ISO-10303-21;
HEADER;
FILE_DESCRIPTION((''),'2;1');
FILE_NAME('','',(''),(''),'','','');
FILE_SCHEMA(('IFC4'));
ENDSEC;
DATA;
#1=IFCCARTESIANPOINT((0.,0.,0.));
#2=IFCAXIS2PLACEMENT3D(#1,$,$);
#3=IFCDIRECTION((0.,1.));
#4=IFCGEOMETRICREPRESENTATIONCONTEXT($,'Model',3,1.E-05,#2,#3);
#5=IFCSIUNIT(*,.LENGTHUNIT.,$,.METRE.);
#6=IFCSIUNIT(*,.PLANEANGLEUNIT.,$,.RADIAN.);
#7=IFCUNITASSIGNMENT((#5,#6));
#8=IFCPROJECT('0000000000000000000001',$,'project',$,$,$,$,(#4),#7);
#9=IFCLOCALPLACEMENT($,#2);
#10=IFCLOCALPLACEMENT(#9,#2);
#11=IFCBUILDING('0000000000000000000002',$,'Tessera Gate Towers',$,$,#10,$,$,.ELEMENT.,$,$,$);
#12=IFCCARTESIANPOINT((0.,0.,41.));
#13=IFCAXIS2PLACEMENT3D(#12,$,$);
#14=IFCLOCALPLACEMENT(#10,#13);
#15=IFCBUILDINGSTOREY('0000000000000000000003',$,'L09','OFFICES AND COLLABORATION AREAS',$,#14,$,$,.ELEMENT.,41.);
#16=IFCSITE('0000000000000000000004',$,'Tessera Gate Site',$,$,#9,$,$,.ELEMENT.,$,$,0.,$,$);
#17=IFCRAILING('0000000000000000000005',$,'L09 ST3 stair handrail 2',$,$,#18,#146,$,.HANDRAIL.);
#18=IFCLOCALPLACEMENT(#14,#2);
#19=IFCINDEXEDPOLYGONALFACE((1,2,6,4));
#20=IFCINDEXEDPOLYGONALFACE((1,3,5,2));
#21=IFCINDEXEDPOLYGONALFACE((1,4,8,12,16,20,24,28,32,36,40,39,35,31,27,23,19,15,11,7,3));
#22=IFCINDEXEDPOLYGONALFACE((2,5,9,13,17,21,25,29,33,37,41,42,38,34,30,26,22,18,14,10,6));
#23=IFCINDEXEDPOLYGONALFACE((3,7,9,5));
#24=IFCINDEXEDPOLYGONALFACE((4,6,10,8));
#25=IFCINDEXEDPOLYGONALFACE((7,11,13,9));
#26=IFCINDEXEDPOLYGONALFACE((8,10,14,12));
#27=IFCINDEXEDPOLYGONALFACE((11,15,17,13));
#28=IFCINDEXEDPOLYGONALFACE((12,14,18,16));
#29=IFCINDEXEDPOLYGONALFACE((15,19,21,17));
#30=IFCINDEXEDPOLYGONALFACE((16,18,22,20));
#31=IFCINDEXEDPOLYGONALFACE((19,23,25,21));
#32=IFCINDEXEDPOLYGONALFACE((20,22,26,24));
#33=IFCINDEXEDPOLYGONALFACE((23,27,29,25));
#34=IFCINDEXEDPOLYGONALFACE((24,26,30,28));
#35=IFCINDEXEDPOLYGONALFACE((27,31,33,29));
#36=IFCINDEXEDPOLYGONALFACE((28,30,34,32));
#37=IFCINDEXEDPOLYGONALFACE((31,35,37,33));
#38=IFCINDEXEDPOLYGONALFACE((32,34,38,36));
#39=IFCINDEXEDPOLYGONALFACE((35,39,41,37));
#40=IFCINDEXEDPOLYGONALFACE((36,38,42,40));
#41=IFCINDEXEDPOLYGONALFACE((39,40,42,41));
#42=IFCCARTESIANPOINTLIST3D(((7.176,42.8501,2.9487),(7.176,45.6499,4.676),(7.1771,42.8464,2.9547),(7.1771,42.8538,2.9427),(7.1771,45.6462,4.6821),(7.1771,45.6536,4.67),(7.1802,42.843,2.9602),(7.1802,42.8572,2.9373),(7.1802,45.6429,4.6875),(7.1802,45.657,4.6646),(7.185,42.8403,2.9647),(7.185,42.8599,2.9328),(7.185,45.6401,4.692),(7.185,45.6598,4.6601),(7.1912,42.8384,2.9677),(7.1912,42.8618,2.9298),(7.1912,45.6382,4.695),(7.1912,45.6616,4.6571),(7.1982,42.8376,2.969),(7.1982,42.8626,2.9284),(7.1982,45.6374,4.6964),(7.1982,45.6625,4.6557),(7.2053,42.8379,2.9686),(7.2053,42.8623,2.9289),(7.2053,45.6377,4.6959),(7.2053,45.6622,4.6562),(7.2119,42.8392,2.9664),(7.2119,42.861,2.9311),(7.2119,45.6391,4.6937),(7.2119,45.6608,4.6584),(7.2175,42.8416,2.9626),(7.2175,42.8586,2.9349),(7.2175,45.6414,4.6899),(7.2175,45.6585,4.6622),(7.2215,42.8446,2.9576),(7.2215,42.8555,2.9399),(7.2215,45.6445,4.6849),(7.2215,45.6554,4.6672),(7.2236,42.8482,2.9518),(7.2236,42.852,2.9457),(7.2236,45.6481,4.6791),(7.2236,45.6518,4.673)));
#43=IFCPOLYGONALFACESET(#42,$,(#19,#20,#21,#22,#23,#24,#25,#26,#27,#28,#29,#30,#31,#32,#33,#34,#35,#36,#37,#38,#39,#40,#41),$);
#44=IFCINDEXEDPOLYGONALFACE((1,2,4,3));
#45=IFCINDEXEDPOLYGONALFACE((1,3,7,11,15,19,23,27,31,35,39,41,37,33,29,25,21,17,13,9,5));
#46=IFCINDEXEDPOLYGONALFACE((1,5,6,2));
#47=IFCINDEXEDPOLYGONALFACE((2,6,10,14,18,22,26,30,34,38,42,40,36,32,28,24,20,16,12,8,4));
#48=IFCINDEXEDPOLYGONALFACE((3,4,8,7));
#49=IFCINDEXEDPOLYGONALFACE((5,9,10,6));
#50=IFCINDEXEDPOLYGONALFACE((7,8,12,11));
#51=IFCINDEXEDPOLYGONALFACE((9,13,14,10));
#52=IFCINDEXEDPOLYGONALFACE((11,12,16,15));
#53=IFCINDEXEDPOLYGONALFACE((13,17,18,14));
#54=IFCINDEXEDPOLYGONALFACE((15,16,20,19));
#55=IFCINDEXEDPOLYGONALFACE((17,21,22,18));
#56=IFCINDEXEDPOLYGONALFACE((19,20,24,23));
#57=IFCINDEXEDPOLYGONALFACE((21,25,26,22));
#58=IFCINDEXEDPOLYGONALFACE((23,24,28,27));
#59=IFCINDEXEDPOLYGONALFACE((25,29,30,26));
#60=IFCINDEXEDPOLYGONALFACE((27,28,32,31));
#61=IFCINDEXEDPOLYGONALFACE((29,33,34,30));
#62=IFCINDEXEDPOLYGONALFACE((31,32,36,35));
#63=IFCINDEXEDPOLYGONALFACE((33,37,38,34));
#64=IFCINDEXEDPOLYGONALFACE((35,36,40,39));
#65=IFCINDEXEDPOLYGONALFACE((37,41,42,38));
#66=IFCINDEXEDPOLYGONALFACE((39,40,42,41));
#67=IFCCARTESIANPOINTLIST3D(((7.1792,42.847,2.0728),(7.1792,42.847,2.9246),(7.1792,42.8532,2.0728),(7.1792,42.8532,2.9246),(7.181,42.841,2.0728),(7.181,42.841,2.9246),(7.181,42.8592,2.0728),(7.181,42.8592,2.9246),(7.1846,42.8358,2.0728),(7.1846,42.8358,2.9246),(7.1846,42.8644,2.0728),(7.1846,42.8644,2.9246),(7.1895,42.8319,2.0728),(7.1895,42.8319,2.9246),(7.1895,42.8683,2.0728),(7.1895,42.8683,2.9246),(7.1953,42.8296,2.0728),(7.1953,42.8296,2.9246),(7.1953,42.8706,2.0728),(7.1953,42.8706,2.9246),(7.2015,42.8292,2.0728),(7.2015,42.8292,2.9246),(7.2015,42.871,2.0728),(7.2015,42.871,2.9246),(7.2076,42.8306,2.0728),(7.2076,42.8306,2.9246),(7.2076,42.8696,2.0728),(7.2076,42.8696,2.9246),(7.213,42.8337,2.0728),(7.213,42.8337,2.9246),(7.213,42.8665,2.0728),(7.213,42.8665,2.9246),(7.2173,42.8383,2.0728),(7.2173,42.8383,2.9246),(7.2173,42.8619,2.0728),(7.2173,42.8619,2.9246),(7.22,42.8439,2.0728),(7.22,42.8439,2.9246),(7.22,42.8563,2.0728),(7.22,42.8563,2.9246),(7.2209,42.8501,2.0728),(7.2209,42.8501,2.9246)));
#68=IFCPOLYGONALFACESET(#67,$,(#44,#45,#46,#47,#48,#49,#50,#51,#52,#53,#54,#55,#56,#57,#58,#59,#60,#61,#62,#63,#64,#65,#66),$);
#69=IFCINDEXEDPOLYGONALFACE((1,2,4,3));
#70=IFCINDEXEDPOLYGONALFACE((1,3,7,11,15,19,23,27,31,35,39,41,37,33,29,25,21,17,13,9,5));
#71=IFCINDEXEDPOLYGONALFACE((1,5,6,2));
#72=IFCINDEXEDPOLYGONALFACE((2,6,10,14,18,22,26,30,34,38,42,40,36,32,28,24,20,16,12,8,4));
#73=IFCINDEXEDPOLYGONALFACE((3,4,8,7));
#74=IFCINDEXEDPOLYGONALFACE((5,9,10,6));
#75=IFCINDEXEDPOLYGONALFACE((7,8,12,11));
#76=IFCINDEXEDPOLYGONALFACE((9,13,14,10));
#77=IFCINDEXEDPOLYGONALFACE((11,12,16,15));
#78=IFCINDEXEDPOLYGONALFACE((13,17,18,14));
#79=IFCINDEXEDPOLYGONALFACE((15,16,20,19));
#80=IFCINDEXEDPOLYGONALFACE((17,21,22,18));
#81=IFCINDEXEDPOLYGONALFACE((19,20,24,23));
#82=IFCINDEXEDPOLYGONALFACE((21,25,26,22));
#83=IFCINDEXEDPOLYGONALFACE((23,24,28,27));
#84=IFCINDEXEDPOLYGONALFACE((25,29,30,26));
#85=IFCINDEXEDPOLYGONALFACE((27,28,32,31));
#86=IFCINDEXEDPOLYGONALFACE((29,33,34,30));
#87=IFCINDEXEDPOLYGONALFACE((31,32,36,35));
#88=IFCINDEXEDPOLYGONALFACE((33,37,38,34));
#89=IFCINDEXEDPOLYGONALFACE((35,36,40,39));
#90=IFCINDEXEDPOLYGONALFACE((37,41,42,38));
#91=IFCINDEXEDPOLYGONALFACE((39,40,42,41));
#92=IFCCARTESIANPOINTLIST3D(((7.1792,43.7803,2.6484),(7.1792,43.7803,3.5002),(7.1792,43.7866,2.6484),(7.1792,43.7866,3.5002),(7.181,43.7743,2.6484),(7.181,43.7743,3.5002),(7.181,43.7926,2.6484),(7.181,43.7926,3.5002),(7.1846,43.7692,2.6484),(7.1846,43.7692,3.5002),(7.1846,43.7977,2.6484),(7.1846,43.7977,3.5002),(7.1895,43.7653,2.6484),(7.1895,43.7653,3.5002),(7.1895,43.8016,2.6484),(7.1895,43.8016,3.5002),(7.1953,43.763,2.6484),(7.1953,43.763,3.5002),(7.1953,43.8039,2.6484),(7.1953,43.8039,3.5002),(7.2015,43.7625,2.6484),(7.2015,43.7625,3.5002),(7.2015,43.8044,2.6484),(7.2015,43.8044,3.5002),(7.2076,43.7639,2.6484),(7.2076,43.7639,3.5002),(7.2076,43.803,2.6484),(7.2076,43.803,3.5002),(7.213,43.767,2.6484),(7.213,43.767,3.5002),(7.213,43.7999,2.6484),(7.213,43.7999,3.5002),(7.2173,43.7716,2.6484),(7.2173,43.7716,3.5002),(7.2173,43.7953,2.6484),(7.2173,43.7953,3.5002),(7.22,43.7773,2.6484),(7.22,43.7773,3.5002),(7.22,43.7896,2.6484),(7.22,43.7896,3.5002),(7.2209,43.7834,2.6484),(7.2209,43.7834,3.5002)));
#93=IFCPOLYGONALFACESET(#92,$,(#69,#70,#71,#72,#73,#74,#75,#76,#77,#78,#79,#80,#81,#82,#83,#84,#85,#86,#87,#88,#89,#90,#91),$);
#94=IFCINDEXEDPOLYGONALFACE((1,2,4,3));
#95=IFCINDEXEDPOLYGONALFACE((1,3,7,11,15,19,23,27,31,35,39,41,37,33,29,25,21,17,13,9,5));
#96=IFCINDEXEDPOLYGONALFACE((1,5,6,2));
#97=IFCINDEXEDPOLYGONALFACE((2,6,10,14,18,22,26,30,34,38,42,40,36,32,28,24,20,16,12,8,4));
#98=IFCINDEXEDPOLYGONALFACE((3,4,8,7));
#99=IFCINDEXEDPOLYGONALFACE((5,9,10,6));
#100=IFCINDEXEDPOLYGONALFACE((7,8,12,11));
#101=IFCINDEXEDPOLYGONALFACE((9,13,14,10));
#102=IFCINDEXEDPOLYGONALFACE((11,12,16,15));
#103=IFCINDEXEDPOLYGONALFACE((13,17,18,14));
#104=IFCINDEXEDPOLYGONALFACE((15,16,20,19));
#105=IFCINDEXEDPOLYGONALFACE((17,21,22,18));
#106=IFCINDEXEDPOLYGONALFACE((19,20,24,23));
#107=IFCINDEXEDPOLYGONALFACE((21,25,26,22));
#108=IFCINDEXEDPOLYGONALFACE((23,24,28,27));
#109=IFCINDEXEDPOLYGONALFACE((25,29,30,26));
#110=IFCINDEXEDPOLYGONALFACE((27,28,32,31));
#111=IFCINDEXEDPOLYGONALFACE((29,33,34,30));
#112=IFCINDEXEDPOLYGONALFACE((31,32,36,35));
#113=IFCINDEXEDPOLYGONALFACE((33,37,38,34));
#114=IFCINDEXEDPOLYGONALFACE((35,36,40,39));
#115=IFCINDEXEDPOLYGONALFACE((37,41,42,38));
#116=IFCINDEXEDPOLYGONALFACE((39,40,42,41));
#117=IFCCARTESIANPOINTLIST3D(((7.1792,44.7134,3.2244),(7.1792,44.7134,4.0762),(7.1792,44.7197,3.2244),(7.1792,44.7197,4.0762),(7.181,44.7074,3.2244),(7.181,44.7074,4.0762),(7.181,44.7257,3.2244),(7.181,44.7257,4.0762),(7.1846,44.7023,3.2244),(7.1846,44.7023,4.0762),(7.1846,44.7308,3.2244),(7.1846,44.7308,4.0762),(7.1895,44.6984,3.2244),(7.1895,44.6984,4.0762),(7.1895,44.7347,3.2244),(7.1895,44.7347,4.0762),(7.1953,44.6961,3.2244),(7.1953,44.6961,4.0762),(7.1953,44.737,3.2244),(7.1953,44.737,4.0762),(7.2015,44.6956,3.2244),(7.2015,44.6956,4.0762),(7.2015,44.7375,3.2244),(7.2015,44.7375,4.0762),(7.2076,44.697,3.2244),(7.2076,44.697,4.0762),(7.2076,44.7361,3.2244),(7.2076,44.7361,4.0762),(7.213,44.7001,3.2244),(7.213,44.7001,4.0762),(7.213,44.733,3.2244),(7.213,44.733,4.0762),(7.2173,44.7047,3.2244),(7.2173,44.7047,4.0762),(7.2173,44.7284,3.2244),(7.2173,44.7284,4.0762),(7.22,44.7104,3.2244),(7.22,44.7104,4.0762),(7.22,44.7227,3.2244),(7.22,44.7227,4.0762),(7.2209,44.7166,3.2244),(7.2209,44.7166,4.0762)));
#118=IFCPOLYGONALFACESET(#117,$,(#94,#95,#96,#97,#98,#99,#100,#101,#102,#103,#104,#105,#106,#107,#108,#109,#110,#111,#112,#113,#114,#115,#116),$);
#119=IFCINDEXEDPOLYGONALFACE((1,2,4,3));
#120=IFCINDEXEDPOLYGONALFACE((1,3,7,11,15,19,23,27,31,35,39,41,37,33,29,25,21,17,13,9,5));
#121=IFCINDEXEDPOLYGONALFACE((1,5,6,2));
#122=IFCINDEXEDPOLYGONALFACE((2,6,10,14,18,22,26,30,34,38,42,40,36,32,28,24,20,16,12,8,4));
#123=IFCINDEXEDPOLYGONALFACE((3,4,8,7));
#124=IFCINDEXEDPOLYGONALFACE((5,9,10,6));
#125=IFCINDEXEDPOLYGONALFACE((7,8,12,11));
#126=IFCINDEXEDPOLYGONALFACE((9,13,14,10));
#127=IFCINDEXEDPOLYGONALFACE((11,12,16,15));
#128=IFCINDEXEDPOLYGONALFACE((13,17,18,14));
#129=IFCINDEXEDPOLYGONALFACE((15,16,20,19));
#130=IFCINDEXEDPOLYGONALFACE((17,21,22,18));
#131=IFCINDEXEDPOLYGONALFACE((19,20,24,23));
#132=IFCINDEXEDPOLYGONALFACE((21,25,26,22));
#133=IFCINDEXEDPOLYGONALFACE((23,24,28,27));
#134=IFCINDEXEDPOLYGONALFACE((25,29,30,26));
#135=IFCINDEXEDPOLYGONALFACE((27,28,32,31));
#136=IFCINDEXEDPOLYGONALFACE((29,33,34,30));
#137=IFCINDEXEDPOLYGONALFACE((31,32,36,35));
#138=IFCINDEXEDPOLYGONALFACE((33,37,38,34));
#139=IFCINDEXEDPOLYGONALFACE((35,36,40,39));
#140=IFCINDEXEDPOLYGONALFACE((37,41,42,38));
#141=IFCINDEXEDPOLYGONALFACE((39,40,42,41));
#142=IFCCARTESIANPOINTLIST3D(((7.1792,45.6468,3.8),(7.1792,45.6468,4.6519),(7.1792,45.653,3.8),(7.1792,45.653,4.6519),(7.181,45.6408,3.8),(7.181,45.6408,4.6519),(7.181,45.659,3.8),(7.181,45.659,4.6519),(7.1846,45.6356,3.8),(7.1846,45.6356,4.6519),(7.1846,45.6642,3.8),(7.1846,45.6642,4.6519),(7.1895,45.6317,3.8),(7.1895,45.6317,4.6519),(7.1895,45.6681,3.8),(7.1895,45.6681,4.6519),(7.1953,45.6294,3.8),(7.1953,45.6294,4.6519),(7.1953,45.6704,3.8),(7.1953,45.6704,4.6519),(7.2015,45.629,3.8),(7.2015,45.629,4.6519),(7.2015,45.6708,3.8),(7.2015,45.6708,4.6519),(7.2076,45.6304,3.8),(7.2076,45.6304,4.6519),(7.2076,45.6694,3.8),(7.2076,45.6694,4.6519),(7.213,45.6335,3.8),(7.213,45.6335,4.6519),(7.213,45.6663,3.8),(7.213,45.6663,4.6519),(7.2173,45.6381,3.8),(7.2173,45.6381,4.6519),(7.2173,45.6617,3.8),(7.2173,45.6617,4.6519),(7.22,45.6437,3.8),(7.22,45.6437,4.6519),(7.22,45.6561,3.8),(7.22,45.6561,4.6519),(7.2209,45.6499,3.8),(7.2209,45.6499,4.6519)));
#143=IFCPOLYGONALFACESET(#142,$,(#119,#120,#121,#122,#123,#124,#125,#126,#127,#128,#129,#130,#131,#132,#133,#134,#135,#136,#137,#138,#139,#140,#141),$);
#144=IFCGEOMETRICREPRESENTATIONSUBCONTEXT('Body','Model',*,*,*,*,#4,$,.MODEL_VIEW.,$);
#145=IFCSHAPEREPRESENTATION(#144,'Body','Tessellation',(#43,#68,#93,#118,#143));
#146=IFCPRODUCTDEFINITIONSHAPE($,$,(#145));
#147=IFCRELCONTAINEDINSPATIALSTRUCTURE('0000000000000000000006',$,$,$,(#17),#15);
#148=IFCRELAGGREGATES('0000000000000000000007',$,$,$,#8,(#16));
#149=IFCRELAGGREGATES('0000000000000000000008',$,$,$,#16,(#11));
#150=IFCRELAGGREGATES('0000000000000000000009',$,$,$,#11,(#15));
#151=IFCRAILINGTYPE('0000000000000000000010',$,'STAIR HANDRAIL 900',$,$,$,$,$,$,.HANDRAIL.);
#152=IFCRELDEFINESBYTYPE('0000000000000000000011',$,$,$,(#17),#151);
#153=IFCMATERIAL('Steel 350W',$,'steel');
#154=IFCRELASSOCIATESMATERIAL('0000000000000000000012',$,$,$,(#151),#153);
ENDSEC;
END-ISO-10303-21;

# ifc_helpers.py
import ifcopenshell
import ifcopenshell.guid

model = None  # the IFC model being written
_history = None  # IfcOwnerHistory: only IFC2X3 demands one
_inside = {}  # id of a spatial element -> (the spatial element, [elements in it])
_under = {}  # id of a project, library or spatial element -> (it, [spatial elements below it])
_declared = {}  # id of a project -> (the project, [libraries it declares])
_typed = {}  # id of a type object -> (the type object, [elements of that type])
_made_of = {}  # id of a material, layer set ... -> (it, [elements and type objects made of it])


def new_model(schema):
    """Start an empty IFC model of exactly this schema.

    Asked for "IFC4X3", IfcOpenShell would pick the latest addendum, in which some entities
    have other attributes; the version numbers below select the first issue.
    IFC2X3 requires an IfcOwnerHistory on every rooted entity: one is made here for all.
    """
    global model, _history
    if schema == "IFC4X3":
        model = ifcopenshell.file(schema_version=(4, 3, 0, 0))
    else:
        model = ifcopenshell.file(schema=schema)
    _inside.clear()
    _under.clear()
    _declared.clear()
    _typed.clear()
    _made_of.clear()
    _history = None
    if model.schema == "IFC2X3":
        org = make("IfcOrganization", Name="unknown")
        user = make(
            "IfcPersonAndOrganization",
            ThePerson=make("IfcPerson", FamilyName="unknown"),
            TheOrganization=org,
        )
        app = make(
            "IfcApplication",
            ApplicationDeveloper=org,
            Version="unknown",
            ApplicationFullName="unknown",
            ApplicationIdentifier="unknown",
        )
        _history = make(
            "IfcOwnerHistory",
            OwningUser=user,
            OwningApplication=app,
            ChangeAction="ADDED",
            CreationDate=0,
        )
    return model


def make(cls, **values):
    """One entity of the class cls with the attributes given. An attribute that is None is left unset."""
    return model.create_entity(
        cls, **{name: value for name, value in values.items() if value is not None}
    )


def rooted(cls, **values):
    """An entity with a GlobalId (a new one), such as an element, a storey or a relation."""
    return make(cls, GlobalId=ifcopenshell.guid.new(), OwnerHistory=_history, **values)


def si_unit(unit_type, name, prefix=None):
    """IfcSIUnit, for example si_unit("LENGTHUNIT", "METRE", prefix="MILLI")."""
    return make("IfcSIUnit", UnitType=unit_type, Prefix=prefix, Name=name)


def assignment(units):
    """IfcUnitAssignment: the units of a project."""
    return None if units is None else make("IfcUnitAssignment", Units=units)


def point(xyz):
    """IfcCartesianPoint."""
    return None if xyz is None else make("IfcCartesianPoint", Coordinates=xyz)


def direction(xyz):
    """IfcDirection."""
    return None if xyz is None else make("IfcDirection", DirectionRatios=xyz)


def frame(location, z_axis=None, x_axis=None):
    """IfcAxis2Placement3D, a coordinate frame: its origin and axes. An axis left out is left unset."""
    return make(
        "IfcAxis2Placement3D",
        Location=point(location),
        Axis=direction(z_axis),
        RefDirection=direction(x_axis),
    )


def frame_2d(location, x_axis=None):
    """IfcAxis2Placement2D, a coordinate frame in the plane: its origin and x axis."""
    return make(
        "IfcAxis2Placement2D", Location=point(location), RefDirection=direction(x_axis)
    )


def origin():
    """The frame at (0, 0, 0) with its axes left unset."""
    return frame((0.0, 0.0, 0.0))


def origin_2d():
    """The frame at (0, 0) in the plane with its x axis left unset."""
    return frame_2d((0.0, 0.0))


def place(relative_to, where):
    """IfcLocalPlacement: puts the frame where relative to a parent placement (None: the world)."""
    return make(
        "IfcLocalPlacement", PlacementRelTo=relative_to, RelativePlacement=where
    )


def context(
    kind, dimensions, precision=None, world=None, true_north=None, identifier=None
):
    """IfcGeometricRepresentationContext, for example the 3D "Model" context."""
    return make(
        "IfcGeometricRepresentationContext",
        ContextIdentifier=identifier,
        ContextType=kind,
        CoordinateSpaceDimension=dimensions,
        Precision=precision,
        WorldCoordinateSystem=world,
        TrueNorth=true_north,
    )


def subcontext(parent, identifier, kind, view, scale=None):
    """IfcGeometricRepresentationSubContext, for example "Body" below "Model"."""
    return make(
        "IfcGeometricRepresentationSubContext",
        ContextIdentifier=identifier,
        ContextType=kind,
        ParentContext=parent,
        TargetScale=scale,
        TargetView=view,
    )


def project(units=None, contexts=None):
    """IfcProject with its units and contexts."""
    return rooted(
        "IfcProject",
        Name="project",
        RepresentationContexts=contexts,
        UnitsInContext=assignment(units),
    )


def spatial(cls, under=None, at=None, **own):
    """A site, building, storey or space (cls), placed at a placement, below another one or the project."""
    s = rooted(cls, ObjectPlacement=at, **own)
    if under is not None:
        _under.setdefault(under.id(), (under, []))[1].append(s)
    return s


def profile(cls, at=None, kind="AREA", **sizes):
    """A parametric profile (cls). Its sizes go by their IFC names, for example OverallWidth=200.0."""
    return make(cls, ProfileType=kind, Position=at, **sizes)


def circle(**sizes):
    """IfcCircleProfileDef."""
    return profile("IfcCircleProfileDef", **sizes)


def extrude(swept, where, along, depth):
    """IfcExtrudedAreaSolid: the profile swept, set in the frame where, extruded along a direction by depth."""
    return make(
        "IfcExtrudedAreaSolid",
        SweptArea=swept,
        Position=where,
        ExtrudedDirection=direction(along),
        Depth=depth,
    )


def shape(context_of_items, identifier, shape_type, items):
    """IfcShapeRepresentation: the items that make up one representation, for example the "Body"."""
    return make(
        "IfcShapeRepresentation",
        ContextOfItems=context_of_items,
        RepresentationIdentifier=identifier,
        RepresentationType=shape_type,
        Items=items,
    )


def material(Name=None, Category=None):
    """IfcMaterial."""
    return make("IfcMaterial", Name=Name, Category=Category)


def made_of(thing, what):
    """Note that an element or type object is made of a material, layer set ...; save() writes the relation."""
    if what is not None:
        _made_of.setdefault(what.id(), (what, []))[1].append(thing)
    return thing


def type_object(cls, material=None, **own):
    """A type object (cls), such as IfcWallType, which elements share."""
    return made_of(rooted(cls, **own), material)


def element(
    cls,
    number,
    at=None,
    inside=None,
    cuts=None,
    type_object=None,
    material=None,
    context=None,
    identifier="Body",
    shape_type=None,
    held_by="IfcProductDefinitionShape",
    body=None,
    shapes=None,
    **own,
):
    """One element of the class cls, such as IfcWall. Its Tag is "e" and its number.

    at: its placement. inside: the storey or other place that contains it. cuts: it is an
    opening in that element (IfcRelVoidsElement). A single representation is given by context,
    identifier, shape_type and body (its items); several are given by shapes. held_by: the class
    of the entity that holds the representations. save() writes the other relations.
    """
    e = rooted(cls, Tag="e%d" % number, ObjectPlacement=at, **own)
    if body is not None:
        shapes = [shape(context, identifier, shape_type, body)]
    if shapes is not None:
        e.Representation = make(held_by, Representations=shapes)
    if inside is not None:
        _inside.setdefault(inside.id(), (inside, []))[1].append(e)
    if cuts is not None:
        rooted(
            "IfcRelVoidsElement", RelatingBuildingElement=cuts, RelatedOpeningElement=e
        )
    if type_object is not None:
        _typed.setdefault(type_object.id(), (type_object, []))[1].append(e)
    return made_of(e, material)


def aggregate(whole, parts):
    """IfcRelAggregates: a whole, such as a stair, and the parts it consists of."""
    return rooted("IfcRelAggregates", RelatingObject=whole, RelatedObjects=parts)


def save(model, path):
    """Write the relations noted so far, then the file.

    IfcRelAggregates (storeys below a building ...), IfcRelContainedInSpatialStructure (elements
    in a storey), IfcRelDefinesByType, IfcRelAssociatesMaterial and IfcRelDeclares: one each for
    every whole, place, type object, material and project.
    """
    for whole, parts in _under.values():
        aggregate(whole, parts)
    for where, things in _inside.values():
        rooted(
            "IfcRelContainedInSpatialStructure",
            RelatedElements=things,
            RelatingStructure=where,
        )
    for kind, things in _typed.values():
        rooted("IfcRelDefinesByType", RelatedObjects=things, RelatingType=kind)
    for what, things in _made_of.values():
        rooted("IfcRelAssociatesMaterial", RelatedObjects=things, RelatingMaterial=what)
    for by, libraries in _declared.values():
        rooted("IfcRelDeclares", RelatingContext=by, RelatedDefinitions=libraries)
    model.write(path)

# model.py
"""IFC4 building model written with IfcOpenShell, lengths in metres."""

from ifc_helpers import new_model, si_unit, direction, frame, origin, origin_2d, place, context, subcontext, project, spatial, circle, extrude, material, type_object, element, save


model = new_model("IFC4")

# Units and contexts
model_context = context("Model", 3, precision=1e-05, world=origin(), true_north=direction((0.0, 1.0)))
body_context = subcontext(model_context, "Body", "Model", "MODEL_VIEW")
ifc_project = project(units=[si_unit("LENGTHUNIT", "METRE"), si_unit("PLANEANGLEUNIT", "RADIAN")], contexts=[model_context])

# Site, building, storey
site_placement = place(None, origin())
site = spatial("IfcSite", under=ifc_project, at=site_placement, Name="Tessera Gate Site", CompositionType="ELEMENT", RefElevation=0.0)
building_placement = place(site_placement, origin())
building = spatial("IfcBuilding", under=site, at=building_placement, Name="Tessera Gate Towers", CompositionType="ELEMENT")
storey_placement = place(building_placement, frame((0.0, 0.0, 41.0)))
storey = spatial("IfcBuildingStorey", under=building, at=storey_placement, Name="L09", Description="OFFICES AND COLLABORATION AREAS", CompositionType="ELEMENT", Elevation=41.0)

# Railing
ifc_material_1 = material(Name="Steel 350W", Category="steel")
railing_type_1 = type_object("IfcRailingType", Name="STAIR HANDRAIL 900", PredefinedType="HANDRAIL", material=ifc_material_1)
railing_1_placement = place(storey_placement, frame((7.2, 42.8501, 2.0728)))
element("IfcRailing", 1, at=railing_1_placement, inside=storey, type_object=railing_type_1, Name="L09 ST3 stair handrail 2", PredefinedType="HANDRAIL", context=body_context, shape_type="SweptSolid", body=[
    extrude(circle(Radius=0.0239, at=origin_2d()), frame((0.0, 0.0, 0.876), z_axis=(0.0, 0.851069, 0.525054), x_axis=(-1.0, 0.0, 0.0)), (0.0, 0.0, 1.0), 3.2898),
    extrude(circle(Radius=0.021, at=origin_2d()), origin(), (0.0, 0.0, 1.0), 0.8518),
    extrude(circle(Radius=0.021, at=origin_2d()), frame((0.0, 0.9333, 0.5757)), (0.0, 0.0, 1.0), 0.8518),
    extrude(circle(Radius=0.021, at=origin_2d()), frame((0.0, 1.8665, 1.1516)), (0.0, 0.0, 1.0), 0.8518),
    extrude(circle(Radius=0.021, at=origin_2d()), frame((0.0, 2.7998, 1.7273)), (0.0, 0.0, 1.0), 0.8518),
])

save(model, "model.ifc")
